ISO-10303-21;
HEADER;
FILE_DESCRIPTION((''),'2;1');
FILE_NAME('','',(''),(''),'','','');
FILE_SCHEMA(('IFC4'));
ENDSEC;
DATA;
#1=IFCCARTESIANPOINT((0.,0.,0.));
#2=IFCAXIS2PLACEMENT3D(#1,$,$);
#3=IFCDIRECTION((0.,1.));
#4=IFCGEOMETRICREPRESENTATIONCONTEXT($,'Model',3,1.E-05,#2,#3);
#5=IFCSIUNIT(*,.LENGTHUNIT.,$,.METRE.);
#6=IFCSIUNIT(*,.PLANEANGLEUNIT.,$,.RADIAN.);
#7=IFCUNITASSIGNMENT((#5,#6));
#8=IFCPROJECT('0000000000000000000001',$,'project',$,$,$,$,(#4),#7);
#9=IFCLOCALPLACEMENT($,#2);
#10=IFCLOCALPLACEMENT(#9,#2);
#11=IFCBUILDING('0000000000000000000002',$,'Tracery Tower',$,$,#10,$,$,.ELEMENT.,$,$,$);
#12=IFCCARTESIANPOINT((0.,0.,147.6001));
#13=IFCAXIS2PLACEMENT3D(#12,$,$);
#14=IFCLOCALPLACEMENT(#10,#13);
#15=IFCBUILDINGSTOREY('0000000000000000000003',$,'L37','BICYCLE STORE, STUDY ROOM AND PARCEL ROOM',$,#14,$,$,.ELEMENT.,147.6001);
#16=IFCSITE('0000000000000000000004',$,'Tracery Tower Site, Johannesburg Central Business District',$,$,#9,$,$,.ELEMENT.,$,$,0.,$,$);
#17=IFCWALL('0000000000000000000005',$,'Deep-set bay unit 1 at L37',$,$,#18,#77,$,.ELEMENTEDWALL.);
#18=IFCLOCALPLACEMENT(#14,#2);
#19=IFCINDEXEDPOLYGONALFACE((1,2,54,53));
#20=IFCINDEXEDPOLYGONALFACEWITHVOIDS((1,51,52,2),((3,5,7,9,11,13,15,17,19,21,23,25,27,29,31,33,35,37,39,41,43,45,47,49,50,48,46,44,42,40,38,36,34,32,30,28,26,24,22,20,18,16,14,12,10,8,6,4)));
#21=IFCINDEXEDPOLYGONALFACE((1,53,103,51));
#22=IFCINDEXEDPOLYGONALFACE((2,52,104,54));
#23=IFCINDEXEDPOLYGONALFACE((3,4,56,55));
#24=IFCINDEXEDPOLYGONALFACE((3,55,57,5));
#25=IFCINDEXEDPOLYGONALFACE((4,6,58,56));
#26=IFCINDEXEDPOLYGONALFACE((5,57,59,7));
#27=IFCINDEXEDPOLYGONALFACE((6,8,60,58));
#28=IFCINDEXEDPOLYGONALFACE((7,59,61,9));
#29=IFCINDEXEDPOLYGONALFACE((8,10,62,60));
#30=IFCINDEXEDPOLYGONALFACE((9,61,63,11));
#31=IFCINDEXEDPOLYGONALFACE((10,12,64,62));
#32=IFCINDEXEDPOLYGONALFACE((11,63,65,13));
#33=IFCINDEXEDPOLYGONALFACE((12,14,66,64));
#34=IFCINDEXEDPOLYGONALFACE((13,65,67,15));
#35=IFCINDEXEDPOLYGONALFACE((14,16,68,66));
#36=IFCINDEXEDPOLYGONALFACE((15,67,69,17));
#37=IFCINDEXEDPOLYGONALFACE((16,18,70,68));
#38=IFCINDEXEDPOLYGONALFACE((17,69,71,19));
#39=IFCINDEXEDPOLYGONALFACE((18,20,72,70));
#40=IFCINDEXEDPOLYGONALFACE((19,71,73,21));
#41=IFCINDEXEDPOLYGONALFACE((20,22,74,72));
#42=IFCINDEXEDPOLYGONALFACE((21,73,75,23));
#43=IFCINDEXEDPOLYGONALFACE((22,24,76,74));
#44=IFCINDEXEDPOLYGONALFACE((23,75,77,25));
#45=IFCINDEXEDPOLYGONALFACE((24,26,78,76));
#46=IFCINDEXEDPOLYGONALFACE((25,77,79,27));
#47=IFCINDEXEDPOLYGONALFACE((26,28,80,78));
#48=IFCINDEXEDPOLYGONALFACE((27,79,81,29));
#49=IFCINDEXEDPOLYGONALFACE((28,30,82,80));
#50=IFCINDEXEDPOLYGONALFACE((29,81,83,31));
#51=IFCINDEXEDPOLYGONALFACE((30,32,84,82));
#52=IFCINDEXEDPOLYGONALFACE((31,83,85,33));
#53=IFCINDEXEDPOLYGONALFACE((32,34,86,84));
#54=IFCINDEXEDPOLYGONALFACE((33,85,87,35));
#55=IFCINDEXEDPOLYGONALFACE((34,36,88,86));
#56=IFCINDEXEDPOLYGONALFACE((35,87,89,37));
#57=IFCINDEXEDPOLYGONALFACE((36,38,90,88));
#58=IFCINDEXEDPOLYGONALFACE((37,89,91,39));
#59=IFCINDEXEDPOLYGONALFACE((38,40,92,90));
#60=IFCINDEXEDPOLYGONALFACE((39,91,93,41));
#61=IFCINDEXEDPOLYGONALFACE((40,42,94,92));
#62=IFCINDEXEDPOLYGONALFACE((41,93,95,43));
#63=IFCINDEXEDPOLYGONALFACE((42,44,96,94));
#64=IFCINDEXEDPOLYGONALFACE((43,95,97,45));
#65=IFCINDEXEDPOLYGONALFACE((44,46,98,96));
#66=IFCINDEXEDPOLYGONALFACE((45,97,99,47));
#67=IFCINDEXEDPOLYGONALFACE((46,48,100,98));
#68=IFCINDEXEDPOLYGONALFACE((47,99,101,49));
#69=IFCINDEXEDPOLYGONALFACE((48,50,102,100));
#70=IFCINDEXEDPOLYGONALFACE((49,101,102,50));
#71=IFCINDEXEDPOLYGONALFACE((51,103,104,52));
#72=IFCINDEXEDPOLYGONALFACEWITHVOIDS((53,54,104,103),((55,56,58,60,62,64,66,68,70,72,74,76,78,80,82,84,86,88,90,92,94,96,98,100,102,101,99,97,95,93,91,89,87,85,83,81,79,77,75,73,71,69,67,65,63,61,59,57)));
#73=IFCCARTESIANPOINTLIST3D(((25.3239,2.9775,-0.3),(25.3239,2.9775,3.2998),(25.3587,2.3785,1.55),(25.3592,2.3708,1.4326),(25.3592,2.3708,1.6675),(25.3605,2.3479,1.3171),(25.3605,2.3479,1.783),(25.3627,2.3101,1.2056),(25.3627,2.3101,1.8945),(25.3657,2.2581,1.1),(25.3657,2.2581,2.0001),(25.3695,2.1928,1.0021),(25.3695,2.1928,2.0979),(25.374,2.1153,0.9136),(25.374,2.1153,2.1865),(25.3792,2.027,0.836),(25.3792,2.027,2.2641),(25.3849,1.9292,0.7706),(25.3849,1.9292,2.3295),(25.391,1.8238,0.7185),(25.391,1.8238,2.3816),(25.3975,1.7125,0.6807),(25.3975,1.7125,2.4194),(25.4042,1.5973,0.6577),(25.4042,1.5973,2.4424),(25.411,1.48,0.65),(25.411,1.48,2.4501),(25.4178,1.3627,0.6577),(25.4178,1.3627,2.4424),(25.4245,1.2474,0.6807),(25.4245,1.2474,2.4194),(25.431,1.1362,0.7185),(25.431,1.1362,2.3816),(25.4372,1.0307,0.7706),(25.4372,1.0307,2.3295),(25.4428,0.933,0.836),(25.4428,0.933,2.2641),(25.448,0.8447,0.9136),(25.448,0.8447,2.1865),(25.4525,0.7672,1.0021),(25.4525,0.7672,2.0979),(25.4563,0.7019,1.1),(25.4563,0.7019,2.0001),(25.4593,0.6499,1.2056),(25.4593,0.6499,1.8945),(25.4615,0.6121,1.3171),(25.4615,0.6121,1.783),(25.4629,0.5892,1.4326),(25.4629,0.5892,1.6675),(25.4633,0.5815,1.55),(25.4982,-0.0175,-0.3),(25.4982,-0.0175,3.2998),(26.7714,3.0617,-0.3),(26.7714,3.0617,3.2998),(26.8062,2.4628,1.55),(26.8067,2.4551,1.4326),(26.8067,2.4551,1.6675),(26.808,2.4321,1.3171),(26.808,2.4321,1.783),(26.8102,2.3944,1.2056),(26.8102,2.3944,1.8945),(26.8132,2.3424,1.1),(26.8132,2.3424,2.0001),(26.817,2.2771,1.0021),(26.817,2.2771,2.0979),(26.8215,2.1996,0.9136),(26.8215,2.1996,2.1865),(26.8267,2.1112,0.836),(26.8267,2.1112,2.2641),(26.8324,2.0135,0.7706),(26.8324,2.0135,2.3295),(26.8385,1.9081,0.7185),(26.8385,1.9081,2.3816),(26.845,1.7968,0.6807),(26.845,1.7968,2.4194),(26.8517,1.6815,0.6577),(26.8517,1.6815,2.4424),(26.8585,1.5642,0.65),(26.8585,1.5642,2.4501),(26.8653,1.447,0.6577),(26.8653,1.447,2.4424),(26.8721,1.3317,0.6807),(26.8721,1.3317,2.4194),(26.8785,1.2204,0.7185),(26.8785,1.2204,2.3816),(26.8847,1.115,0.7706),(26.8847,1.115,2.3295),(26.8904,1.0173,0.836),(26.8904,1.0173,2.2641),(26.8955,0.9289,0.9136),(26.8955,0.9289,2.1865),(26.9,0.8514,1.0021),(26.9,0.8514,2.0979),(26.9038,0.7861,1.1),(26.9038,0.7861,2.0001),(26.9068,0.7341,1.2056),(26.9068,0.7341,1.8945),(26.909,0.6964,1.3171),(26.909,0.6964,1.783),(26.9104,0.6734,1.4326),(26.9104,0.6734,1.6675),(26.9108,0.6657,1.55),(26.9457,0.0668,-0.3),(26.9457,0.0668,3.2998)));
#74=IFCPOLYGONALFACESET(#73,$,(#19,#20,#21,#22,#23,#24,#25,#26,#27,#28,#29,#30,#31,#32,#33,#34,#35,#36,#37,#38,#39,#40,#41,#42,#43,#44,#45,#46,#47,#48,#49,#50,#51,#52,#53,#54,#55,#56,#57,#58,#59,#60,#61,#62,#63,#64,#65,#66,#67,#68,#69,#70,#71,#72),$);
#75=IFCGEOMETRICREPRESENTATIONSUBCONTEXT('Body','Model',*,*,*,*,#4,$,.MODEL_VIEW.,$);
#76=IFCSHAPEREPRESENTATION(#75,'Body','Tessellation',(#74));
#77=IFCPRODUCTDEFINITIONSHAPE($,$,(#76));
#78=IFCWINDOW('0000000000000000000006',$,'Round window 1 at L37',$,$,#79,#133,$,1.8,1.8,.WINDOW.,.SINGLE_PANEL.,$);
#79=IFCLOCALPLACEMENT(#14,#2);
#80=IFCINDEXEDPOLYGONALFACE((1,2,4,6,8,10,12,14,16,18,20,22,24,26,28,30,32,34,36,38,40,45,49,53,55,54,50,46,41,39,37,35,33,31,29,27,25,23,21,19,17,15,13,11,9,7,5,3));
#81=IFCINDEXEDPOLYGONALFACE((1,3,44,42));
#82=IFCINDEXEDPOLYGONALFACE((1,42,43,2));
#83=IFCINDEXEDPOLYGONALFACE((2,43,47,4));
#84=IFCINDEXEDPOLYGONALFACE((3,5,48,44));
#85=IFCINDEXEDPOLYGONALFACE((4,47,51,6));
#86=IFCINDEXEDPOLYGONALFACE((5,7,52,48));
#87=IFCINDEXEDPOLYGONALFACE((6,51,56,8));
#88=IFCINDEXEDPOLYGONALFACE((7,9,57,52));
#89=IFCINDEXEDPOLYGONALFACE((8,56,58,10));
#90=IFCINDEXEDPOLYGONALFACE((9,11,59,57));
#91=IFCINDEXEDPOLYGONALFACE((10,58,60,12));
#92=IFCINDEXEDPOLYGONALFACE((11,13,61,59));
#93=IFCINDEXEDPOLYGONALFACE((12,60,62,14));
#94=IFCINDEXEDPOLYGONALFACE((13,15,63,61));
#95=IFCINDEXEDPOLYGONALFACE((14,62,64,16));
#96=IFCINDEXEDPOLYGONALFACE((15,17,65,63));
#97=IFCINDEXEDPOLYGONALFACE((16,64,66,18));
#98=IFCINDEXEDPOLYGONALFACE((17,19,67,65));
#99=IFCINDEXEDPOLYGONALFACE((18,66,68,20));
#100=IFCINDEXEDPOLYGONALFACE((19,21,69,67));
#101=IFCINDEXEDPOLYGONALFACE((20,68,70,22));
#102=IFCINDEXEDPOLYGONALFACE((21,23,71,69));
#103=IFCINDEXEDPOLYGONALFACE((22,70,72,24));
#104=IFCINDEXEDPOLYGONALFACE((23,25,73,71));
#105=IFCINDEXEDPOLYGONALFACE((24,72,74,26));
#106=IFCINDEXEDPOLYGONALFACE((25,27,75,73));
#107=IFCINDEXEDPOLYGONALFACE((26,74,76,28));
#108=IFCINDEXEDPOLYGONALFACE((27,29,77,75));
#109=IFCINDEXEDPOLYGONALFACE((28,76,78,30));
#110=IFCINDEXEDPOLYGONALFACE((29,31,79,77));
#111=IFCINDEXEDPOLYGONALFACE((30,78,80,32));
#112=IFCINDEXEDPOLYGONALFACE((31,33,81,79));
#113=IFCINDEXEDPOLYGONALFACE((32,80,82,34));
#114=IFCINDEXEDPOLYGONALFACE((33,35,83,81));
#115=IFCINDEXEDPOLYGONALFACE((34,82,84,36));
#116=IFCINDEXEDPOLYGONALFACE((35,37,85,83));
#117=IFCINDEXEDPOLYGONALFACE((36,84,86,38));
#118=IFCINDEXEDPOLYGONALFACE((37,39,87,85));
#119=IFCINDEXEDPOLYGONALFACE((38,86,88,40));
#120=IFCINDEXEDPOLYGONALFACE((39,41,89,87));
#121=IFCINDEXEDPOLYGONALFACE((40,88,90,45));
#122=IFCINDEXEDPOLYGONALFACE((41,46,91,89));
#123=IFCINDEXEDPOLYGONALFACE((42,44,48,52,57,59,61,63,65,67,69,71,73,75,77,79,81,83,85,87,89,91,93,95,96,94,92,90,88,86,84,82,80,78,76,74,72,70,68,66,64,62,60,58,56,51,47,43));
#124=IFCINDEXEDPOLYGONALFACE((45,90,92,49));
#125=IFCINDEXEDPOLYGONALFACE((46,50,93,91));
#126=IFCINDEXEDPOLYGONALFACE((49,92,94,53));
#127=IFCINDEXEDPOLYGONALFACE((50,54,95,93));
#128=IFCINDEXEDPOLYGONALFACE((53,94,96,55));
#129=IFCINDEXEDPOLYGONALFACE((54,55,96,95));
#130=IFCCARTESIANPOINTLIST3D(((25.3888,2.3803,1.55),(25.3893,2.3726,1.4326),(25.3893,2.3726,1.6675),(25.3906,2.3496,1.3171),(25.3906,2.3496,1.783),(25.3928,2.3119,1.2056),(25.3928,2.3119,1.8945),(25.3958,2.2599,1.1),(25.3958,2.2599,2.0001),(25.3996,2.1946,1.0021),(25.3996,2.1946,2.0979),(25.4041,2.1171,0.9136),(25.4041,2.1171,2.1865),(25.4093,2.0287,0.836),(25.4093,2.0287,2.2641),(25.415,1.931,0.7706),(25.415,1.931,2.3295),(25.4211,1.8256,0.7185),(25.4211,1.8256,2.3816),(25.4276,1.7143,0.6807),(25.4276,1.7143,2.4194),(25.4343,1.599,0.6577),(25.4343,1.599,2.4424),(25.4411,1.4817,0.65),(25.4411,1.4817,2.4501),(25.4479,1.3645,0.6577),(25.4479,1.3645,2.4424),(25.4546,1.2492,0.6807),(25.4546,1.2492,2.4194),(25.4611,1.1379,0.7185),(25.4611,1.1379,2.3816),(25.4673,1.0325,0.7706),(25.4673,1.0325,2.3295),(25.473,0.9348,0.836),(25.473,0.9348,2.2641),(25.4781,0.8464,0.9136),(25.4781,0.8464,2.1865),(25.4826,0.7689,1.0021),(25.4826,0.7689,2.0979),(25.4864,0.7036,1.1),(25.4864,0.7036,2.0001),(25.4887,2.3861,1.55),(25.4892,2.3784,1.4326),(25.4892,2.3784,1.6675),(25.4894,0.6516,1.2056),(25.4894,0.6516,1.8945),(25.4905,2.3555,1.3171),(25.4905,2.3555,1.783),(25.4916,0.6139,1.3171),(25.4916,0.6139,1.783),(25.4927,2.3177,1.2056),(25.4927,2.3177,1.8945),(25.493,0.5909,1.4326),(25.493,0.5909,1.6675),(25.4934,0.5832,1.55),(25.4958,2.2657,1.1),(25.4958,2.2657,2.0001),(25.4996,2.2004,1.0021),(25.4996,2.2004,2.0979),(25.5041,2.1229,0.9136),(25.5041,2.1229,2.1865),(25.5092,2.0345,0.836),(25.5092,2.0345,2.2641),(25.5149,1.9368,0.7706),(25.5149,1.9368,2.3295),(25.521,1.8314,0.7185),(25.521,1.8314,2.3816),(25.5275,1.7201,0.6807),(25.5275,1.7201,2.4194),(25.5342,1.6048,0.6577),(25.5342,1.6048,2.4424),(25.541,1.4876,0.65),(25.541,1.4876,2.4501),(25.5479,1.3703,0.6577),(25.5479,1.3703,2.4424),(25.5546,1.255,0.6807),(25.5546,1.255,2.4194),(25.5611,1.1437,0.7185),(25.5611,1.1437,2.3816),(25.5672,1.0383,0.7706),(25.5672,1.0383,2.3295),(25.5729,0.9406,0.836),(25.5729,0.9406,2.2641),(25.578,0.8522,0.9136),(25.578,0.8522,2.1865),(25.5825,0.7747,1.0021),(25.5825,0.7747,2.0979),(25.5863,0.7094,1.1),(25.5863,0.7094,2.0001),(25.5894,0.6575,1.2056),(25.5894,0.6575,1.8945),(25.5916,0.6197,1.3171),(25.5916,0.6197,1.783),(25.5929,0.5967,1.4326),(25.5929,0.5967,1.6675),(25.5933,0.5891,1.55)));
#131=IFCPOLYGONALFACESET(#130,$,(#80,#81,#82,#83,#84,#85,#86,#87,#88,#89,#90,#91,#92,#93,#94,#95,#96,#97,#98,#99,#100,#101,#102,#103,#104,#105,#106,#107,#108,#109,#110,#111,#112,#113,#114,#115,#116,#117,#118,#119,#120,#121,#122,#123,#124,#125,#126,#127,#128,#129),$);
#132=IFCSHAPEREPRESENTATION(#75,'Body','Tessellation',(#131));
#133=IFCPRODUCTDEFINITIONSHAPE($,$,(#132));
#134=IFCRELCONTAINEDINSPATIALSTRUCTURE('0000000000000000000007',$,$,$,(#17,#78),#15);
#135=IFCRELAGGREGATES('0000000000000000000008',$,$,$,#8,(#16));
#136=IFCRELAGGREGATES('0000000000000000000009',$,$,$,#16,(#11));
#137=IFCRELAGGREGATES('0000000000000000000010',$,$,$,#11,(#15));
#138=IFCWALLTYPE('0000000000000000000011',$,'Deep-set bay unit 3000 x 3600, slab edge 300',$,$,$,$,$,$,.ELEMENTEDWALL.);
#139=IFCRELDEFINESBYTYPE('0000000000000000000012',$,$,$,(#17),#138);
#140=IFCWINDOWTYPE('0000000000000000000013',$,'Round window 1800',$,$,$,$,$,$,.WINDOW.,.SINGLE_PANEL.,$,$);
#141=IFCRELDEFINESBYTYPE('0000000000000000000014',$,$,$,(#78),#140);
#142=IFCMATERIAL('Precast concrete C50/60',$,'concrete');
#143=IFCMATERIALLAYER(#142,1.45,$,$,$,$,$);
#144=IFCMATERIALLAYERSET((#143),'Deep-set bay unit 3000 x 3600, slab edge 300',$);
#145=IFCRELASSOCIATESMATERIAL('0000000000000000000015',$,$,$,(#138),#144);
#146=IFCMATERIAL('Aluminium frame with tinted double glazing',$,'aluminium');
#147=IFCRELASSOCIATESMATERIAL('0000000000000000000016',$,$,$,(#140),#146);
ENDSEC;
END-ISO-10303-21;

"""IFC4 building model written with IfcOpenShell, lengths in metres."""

from ifc_helpers import new_model, si_unit, direction, frame, frame_2d, origin, origin_2d, place, context, subcontext, project, spatial, rectangle, circle, extrude, material, layer, layer_set, type_object, element, fill, save


model = new_model("IFC4")

# Units and contexts
model_context = context("Model", 3, precision=1e-05, world=origin(), true_north=direction((0.0, 1.0)))
body_context = subcontext(model_context, "Body", "Model", "MODEL_VIEW")
ifc_project = project(units=[si_unit("LENGTHUNIT", "METRE"), si_unit("PLANEANGLEUNIT", "RADIAN")], contexts=[model_context])

# Site, building, storey
site_placement = place(None, origin())
site = spatial("IfcSite", under=ifc_project, at=site_placement, Name="Tracery Tower Site, Johannesburg Central Business District", CompositionType="ELEMENT", RefElevation=0.0)
building_placement = place(site_placement, origin())
building = spatial("IfcBuilding", under=site, at=building_placement, Name="Tracery Tower", CompositionType="ELEMENT")
storey_placement = place(building_placement, frame((0.0, 0.0, 147.6001)))
storey = spatial("IfcBuildingStorey", under=building, at=storey_placement, Name="L37", Description="BICYCLE STORE, STUDY ROOM AND PARCEL ROOM", CompositionType="ELEMENT", Elevation=147.6001)

# Wall, opening, window
ifc_material_1 = material(Name="Precast concrete C50/60", Category="concrete")
ifc_layer_1 = layer(ifc_material_1, 1.45)
ifc_layer_set_1 = layer_set([ifc_layer_1], Name="Deep-set bay unit 3000 x 3600, slab edge 300")
wall_type_1 = type_object("IfcWallType", Name="Deep-set bay unit 3000 x 3600, slab edge 300", PredefinedType="ELEMENTEDWALL", material=ifc_layer_set_1)
wall_1_placement = place(storey_placement, frame((26.2219, 0.0247, -0.3), z_axis=(0.0, 0.0, 1.0), x_axis=(-0.058107, 0.99831, 0.0)))
wall_1 = element("IfcWall", 1, at=wall_1_placement, inside=storey, type_object=wall_type_1, Name="Deep-set bay unit 1 at L37", PredefinedType="ELEMENTEDWALL", context=body_context, shape_type="SweptSolid", body=[
    extrude(rectangle(XDim=3.0, YDim=1.45, at=frame_2d((1.5, 0.0))), origin(), (0.0, 0.0, 1.0), 3.5999),
])
opening_1_placement = place(wall_1_placement, frame((1.5, 0.0, 1.8501)))
opening_1 = element("IfcOpeningElement", 2, at=opening_1_placement, cuts=wall_1, PredefinedType="OPENING", context=body_context, shape_type="SweptSolid", body=[
    extrude(circle(Radius=0.9, at=origin_2d()), frame((0.0, 0.7349, 0.0), z_axis=(0.0, -1.0, 0.0), x_axis=(1.0, 0.0, 0.0)), (0.0, 0.0, 1.0), 1.47),
])
ifc_material_2 = material(Name="Aluminium frame with tinted double glazing", Category="aluminium")
window_type = type_object("IfcWindowType", Name="Round window 1800", PartitioningType="SINGLE_PANEL", PredefinedType="WINDOW", material=ifc_material_2)
window_1_placement = place(opening_1_placement, origin())
window_1 = element("IfcWindow", 3, at=window_1_placement, inside=storey, type_object=window_type, Name="Round window 1 at L37", OverallHeight=1.8, OverallWidth=1.8, PartitioningType="SINGLE_PANEL", PredefinedType="WINDOW", context=body_context, shape_type="SweptSolid", body=[
    extrude(circle(Radius=0.9, at=origin_2d()), frame((0.0, 0.6948, 0.0), z_axis=(0.0, -1.0, 0.0), x_axis=(1.0, 0.0, 0.0)), (0.0, 0.0, 1.0), 0.1001),
])
fill(opening_1, window_1)

save(model, "model.ifc")
